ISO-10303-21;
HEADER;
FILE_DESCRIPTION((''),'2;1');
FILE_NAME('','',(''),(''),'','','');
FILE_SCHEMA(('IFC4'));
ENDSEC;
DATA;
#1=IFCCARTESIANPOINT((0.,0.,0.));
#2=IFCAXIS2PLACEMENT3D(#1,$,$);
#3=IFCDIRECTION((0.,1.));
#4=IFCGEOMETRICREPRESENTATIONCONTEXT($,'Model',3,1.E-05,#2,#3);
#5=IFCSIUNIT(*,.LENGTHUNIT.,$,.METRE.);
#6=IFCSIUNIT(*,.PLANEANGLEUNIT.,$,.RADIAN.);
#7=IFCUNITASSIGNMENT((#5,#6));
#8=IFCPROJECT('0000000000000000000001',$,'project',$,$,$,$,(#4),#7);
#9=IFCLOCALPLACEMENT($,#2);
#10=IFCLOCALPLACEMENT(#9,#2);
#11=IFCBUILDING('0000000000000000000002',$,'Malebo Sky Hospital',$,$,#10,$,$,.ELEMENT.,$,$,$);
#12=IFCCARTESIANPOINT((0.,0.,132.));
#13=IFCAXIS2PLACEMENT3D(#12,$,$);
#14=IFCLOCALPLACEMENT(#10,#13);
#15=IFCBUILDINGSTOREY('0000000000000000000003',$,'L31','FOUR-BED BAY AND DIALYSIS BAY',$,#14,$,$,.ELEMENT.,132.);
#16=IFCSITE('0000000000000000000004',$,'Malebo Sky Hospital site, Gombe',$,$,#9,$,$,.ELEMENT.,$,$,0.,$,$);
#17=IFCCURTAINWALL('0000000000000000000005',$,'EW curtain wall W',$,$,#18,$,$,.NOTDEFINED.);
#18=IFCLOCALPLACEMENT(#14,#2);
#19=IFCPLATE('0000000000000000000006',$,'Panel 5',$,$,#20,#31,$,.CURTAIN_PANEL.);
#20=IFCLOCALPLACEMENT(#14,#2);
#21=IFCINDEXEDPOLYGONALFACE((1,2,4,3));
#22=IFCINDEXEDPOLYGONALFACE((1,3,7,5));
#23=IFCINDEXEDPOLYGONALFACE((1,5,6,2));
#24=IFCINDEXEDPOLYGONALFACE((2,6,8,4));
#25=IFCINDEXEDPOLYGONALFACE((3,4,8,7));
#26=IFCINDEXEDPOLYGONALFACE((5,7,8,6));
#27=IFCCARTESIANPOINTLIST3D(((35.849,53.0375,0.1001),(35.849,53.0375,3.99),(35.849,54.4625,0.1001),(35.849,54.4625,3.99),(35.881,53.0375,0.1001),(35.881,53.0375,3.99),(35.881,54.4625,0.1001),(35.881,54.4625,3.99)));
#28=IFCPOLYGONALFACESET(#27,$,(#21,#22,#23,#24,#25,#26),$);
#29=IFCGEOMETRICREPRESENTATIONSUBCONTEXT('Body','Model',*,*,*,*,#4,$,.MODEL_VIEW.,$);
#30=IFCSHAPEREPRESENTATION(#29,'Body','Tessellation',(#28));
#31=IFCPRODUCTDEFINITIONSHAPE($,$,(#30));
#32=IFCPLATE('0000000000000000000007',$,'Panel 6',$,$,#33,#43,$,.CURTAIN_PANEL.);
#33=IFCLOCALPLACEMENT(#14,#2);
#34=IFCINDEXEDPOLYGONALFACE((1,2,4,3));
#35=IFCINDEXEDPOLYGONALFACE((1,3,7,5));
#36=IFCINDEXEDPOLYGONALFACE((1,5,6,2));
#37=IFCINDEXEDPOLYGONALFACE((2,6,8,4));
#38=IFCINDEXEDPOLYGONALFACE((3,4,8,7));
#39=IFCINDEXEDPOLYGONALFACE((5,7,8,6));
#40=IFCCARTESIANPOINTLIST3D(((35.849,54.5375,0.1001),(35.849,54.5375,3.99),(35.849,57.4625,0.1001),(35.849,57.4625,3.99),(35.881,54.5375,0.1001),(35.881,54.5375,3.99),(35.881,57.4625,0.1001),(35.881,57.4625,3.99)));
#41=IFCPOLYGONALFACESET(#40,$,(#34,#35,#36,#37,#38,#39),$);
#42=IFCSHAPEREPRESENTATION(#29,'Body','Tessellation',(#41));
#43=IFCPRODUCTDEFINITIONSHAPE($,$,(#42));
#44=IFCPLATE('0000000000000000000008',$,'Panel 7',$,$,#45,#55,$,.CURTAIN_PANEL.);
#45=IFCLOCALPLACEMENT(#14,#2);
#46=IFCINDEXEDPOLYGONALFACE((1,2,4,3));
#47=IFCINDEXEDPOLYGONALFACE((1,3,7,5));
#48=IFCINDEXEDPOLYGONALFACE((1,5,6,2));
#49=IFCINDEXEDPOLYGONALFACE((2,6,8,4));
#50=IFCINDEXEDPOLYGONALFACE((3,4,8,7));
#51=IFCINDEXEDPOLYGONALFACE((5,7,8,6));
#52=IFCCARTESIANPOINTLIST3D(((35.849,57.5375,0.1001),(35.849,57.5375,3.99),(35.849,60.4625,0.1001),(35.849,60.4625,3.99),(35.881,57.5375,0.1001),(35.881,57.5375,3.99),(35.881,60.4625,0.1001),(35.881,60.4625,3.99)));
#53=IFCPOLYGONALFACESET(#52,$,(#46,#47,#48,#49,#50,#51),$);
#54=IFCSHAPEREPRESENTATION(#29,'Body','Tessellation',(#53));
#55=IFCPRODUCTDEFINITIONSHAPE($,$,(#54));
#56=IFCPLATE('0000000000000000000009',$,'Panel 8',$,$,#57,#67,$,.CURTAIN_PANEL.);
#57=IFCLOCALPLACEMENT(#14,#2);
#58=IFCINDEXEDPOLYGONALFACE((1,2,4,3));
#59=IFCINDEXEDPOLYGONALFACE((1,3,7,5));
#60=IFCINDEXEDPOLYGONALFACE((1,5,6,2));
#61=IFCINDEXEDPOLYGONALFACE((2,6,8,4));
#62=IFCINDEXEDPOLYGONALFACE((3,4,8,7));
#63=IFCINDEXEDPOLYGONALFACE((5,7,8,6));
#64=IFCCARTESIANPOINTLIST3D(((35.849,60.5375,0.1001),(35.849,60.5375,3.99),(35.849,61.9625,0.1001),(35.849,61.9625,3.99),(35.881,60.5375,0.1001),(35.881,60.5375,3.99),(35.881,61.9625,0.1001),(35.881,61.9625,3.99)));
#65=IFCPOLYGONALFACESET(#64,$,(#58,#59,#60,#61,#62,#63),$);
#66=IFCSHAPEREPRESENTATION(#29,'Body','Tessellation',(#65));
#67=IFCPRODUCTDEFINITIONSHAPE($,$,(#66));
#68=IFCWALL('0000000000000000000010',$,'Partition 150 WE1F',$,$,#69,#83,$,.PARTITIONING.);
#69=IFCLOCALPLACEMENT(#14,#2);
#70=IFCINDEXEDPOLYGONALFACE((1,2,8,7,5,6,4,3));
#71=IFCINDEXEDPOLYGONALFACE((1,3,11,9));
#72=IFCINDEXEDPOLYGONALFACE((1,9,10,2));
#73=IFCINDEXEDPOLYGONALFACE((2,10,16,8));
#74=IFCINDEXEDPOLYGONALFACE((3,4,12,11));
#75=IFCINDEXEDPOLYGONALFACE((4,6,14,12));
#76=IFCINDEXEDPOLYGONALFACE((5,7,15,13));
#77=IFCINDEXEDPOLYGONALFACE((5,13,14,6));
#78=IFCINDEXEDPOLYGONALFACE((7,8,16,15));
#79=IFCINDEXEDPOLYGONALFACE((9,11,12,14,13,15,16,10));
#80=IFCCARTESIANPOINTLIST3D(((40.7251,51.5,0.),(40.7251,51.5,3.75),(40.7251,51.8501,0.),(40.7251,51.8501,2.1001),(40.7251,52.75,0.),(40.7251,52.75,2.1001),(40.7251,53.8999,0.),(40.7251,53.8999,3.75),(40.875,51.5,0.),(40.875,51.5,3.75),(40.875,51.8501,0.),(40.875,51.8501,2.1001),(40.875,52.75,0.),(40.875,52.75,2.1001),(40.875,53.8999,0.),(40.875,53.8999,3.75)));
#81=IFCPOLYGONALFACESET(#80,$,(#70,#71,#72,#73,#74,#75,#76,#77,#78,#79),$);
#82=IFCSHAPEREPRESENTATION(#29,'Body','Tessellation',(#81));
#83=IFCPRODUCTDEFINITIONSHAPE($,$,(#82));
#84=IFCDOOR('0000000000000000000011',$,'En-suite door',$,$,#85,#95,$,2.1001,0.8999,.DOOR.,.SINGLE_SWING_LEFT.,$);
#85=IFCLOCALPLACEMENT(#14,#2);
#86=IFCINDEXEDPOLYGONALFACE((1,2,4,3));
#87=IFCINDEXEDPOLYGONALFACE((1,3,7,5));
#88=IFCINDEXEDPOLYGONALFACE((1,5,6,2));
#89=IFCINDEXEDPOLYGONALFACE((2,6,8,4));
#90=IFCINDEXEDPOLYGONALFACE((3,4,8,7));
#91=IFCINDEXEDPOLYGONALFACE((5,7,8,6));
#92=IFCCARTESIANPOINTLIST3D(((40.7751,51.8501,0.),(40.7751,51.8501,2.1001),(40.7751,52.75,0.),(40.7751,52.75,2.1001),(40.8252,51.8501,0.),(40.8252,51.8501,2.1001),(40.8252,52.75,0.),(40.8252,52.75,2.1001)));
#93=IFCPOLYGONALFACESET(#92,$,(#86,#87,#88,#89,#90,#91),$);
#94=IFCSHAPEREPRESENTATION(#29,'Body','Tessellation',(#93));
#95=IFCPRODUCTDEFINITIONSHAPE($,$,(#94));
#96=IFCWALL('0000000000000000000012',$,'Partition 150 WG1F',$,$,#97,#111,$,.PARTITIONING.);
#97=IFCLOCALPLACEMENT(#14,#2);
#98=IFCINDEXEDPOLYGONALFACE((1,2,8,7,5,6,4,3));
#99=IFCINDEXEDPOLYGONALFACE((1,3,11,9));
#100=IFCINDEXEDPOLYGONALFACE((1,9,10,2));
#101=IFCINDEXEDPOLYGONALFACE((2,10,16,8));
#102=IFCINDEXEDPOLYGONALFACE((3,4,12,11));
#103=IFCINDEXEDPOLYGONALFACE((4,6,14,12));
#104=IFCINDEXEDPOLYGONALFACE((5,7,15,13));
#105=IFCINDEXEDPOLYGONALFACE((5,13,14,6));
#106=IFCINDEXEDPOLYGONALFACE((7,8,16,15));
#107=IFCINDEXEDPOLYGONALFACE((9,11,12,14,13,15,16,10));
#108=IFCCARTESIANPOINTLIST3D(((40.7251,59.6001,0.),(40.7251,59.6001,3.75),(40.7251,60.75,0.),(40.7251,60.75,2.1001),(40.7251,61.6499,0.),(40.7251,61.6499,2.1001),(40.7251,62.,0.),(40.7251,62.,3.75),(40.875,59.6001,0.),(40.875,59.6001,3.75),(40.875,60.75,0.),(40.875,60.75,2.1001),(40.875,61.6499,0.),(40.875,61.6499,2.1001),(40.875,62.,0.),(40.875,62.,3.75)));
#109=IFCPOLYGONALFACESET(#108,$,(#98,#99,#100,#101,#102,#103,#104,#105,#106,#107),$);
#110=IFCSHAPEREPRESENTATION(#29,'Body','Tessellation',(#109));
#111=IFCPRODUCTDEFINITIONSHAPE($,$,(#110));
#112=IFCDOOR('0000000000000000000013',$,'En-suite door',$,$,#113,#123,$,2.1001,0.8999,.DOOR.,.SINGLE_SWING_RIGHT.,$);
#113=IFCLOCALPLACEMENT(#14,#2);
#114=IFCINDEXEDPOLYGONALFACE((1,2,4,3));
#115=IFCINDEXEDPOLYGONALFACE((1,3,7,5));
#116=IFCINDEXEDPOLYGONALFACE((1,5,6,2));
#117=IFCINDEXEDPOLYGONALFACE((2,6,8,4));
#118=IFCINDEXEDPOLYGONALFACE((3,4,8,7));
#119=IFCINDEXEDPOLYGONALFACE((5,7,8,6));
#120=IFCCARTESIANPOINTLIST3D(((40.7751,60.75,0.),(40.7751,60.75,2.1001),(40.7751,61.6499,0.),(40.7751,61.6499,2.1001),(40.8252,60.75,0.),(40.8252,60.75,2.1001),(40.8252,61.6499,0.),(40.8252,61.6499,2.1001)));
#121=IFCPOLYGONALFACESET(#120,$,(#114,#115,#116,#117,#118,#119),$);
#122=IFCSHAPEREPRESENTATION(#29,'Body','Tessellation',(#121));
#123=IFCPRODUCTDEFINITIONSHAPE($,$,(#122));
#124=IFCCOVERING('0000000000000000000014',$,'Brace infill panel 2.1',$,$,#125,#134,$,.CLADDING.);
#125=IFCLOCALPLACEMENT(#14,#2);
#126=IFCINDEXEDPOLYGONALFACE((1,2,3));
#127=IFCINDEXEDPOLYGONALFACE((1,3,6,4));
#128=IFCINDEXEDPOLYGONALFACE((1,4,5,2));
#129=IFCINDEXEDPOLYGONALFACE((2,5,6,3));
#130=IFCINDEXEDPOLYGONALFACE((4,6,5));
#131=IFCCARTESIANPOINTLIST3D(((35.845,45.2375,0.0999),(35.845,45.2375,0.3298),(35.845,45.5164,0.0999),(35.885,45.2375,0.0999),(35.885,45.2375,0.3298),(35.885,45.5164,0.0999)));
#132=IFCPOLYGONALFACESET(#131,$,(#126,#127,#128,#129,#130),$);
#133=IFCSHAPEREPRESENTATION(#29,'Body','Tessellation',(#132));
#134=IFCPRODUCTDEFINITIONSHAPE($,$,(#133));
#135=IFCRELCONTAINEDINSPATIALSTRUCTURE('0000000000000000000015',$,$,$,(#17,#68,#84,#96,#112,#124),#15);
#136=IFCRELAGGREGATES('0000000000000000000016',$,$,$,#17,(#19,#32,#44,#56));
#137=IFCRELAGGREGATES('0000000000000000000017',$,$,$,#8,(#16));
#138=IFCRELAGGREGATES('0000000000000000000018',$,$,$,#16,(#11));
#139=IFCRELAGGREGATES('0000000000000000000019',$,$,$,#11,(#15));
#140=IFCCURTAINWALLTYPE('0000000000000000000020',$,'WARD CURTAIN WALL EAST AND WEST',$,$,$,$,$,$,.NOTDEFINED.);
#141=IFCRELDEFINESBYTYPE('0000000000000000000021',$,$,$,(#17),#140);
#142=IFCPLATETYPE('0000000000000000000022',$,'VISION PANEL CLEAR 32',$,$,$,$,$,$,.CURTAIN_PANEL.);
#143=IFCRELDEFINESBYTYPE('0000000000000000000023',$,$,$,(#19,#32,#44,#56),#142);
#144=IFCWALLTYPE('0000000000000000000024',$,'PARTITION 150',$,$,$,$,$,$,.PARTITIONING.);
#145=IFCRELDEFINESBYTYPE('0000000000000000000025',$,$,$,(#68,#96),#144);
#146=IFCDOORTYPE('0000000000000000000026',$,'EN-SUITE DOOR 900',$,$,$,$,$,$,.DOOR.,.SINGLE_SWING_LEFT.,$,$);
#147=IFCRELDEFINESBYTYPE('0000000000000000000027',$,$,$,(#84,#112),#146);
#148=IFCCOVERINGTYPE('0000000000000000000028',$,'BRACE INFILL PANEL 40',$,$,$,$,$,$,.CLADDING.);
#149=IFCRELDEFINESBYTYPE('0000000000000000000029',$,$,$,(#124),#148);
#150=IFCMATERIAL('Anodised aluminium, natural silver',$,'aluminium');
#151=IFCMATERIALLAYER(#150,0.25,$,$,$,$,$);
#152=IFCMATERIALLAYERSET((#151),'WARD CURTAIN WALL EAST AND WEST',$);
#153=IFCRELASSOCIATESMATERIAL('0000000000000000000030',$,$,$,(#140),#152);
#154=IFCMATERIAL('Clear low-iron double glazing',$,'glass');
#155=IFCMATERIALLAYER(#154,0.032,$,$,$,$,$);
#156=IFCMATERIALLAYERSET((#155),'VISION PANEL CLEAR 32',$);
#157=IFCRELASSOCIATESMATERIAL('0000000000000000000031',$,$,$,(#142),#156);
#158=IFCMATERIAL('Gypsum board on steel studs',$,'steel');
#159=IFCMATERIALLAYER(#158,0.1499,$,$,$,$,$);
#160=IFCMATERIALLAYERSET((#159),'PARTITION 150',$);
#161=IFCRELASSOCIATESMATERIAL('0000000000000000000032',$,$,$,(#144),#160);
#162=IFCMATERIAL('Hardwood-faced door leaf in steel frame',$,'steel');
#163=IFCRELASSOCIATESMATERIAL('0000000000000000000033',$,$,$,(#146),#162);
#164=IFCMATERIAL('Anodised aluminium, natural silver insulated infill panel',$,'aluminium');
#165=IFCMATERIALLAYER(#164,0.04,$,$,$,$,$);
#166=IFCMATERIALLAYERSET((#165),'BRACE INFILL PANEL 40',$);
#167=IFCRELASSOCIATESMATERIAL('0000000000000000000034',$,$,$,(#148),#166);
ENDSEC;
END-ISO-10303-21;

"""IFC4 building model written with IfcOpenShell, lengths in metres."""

from ifc_helpers import new_model, si_unit, direction, frame, frame_2d, origin, origin_2d, place, context, subcontext, project, spatial, polyline, rectangle, outline, extrude, material, layer, layer_set, type_object, element, fill, aggregate, save


model = new_model("IFC4")

# Units and contexts
model_context = context("Model", 3, precision=1e-05, world=origin(), true_north=direction((0.0, 1.0)))
body_context = subcontext(model_context, "Body", "Model", "MODEL_VIEW")
ifc_project = project(units=[si_unit("LENGTHUNIT", "METRE"), si_unit("PLANEANGLEUNIT", "RADIAN")], contexts=[model_context])

# Site, building, storey
site_placement = place(None, origin())
site = spatial("IfcSite", under=ifc_project, at=site_placement, Name="Malebo Sky Hospital site, Gombe", CompositionType="ELEMENT", RefElevation=0.0)
building_placement = place(site_placement, origin())
building = spatial("IfcBuilding", under=site, at=building_placement, Name="Malebo Sky Hospital", CompositionType="ELEMENT")
storey_placement = place(building_placement, frame((0.0, 0.0, 132.0)))
storey = spatial("IfcBuildingStorey", under=building, at=storey_placement, Name="L31", Description="FOUR-BED BAY AND DIALYSIS BAY", CompositionType="ELEMENT", Elevation=132.0)

# Curtain wall
ifc_material_1 = material(Name="Anodised aluminium, natural silver", Category="aluminium")
ifc_layer_1 = layer(ifc_material_1, 0.25)
ifc_layer_set_1 = layer_set([ifc_layer_1], Name="WARD CURTAIN WALL EAST AND WEST")
curtain_wall_type = type_object("IfcCurtainWallType", Name="WARD CURTAIN WALL EAST AND WEST", PredefinedType="NOTDEFINED", material=ifc_layer_set_1)
curtain_wall_placement = place(storey_placement, origin())
curtain_wall = element("IfcCurtainWall", 1, at=curtain_wall_placement, inside=storey, type_object=curtain_wall_type, Name="EW curtain wall W", PredefinedType="NOTDEFINED")

# Plates
ifc_material_2 = material(Name="Clear low-iron double glazing", Category="glass")
ifc_layer_2 = layer(ifc_material_2, 0.032)
ifc_layer_set_2 = layer_set([ifc_layer_2], Name="VISION PANEL CLEAR 32")
plate_type = type_object("IfcPlateType", Name="VISION PANEL CLEAR 32", PredefinedType="CURTAIN_PANEL", material=ifc_layer_set_2)
plate_1_placement = place(storey_placement, frame((35.865, 53.75, 0.1001), z_axis=(0.0, 0.0, 1.0), x_axis=(0.0, 1.0, 0.0)))
plate_1 = element("IfcPlate", 2, at=plate_1_placement, type_object=plate_type, Name="Panel 5", PredefinedType="CURTAIN_PANEL", context=body_context, shape_type="SweptSolid", body=[
    extrude(rectangle(XDim=1.425, YDim=0.032, at=origin_2d()), origin(), (0.0, 0.0, 1.0), 3.8899),
])
plate_2_placement = place(storey_placement, frame((35.865, 56.0, 0.1001), z_axis=(0.0, 0.0, 1.0), x_axis=(0.0, 1.0, 0.0)))
plate_2 = element("IfcPlate", 3, at=plate_2_placement, type_object=plate_type, Name="Panel 6", PredefinedType="CURTAIN_PANEL", context=body_context, shape_type="SweptSolid", body=[
    extrude(rectangle(XDim=2.925, YDim=0.032, at=origin_2d()), origin(), (0.0, 0.0, 1.0), 3.8899),
])
plate_3_placement = place(storey_placement, frame((35.865, 59.0, 0.1001), z_axis=(0.0, 0.0, 1.0), x_axis=(0.0, 1.0, 0.0)))
plate_3 = element("IfcPlate", 4, at=plate_3_placement, type_object=plate_type, Name="Panel 7", PredefinedType="CURTAIN_PANEL", context=body_context, shape_type="SweptSolid", body=[
    extrude(rectangle(XDim=2.925, YDim=0.032, at=origin_2d()), origin(), (0.0, 0.0, 1.0), 3.8899),
])
plate_4_placement = place(storey_placement, frame((35.865, 61.25, 0.1001), z_axis=(0.0, 0.0, 1.0), x_axis=(0.0, 1.0, 0.0)))
plate_4 = element("IfcPlate", 5, at=plate_4_placement, type_object=plate_type, Name="Panel 8", PredefinedType="CURTAIN_PANEL", context=body_context, shape_type="SweptSolid", body=[
    extrude(rectangle(XDim=1.425, YDim=0.032, at=origin_2d()), origin(), (0.0, 0.0, 1.0), 3.8899),
])
aggregate(curtain_wall, [plate_1, plate_2, plate_3, plate_4])

# Walls, openings, doors
ifc_material_3 = material(Name="Gypsum board on steel studs", Category="steel")
ifc_layer_3 = layer(ifc_material_3, 0.1499)
ifc_layer_set_3 = layer_set([ifc_layer_3], Name="PARTITION 150")
wall_type = type_object("IfcWallType", Name="PARTITION 150", PredefinedType="PARTITIONING", material=ifc_layer_set_3)
wall_1_placement = place(storey_placement, frame((40.8, 51.5, 0.0), z_axis=(0.0, 0.0, 1.0), x_axis=(0.0, 1.0, 0.0)))
wall_1 = element("IfcWall", 6, at=wall_1_placement, inside=storey, type_object=wall_type, Name="Partition 150 WE1F", PredefinedType="PARTITIONING", context=body_context, shape_type="SweptSolid", body=[
    extrude(rectangle(XDim=2.3999, YDim=0.1499, at=frame_2d((1.2, 0.0))), origin(), (0.0, 0.0, 1.0), 3.75),
])
opening_1_placement = place(wall_1_placement, frame((0.3501, 0.0, 0.0)))
opening_1 = element("IfcOpeningElement", 7, at=opening_1_placement, cuts=wall_1, PredefinedType="OPENING", context=body_context, shape_type="SweptSolid", body=[
    extrude(rectangle(XDim=0.8999, YDim=2.1001, at=frame_2d((0.45, 1.05))), frame((0.0, 0.085, 0.0), z_axis=(0.0, -1.0, 0.0), x_axis=(1.0, 0.0, 0.0)), (0.0, 0.0, 1.0), 0.1699),
])
ifc_material_4 = material(Name="Hardwood-faced door leaf in steel frame", Category="steel")
door_type = type_object("IfcDoorType", Name="EN-SUITE DOOR 900", OperationType="SINGLE_SWING_LEFT", PredefinedType="DOOR", material=ifc_material_4)
door_1_placement = place(opening_1_placement, origin())
door_1 = element("IfcDoor", 8, at=door_1_placement, inside=storey, type_object=door_type, Name="En-suite door", OperationType="SINGLE_SWING_LEFT", OverallHeight=2.1001, OverallWidth=0.8999, PredefinedType="DOOR", context=body_context, shape_type="SweptSolid", body=[
    extrude(rectangle(XDim=0.8999, YDim=2.1001, at=frame_2d((0.45, 1.05))), frame((0.0, 0.0249, 0.0), z_axis=(0.0, -1.0, 0.0), x_axis=(1.0, 0.0, 0.0)), (0.0, 0.0, 1.0), 0.05),
])
fill(opening_1, door_1)
wall_2_placement = place(storey_placement, frame((40.8, 59.6001, 0.0), z_axis=(0.0, 0.0, 1.0), x_axis=(0.0, 1.0, 0.0)))
wall_2 = element("IfcWall", 9, at=wall_2_placement, inside=storey, type_object=wall_type, Name="Partition 150 WG1F", PredefinedType="PARTITIONING", context=body_context, shape_type="SweptSolid", body=[
    extrude(rectangle(XDim=2.3999, YDim=0.1499, at=frame_2d((1.2, 0.0))), origin(), (0.0, 0.0, 1.0), 3.75),
])
opening_2_placement = place(wall_2_placement, frame((1.1499, 0.0, 0.0)))
opening_2 = element("IfcOpeningElement", 10, at=opening_2_placement, cuts=wall_2, PredefinedType="OPENING", context=body_context, shape_type="SweptSolid", body=[
    extrude(rectangle(XDim=0.8999, YDim=2.1001, at=frame_2d((0.45, 1.05))), frame((0.0, 0.085, 0.0), z_axis=(0.0, -1.0, 0.0), x_axis=(1.0, 0.0, 0.0)), (0.0, 0.0, 1.0), 0.1699),
])
door_2_placement = place(opening_2_placement, origin())
door_2 = element("IfcDoor", 11, at=door_2_placement, inside=storey, type_object=door_type, Name="En-suite door", OperationType="SINGLE_SWING_RIGHT", OverallHeight=2.1001, OverallWidth=0.8999, PredefinedType="DOOR", context=body_context, shape_type="SweptSolid", body=[
    extrude(rectangle(XDim=0.8999, YDim=2.1001, at=frame_2d((0.45, 1.05))), frame((0.0, 0.0249, 0.0), z_axis=(0.0, -1.0, 0.0), x_axis=(1.0, 0.0, 0.0)), (0.0, 0.0, 1.0), 0.05),
])
fill(opening_2, door_2)

# Covering
ifc_material_5 = material(Name="Anodised aluminium, natural silver insulated infill panel", Category="aluminium")
ifc_layer_4 = layer(ifc_material_5, 0.04)
ifc_layer_set_4 = layer_set([ifc_layer_4], Name="BRACE INFILL PANEL 40")
covering_type = type_object("IfcCoveringType", Name="BRACE INFILL PANEL 40", PredefinedType="CLADDING", material=ifc_layer_set_4)
covering_placement = place(storey_placement, frame((35.865, 45.377, 0.0999), z_axis=(0.0, 0.0, 1.0), x_axis=(0.0, 1.0, 0.0)))
element("IfcCovering", 12, at=covering_placement, inside=storey, type_object=covering_type, Name="Brace infill panel 2.1", PredefinedType="CLADDING", context=body_context, shape_type="SweptSolid", body=[
    extrude(outline(polyline([(-0.1394, 0.0), (0.1394, 0.0), (-0.1394, 0.23), (-0.1394, 0.0)])), frame((0.0, 0.02, 0.0), z_axis=(0.0, -1.0, 0.0), x_axis=(1.0, 0.0, 0.0)), (0.0, 0.0, 1.0), 0.04),
])

save(model, "model.ifc")
